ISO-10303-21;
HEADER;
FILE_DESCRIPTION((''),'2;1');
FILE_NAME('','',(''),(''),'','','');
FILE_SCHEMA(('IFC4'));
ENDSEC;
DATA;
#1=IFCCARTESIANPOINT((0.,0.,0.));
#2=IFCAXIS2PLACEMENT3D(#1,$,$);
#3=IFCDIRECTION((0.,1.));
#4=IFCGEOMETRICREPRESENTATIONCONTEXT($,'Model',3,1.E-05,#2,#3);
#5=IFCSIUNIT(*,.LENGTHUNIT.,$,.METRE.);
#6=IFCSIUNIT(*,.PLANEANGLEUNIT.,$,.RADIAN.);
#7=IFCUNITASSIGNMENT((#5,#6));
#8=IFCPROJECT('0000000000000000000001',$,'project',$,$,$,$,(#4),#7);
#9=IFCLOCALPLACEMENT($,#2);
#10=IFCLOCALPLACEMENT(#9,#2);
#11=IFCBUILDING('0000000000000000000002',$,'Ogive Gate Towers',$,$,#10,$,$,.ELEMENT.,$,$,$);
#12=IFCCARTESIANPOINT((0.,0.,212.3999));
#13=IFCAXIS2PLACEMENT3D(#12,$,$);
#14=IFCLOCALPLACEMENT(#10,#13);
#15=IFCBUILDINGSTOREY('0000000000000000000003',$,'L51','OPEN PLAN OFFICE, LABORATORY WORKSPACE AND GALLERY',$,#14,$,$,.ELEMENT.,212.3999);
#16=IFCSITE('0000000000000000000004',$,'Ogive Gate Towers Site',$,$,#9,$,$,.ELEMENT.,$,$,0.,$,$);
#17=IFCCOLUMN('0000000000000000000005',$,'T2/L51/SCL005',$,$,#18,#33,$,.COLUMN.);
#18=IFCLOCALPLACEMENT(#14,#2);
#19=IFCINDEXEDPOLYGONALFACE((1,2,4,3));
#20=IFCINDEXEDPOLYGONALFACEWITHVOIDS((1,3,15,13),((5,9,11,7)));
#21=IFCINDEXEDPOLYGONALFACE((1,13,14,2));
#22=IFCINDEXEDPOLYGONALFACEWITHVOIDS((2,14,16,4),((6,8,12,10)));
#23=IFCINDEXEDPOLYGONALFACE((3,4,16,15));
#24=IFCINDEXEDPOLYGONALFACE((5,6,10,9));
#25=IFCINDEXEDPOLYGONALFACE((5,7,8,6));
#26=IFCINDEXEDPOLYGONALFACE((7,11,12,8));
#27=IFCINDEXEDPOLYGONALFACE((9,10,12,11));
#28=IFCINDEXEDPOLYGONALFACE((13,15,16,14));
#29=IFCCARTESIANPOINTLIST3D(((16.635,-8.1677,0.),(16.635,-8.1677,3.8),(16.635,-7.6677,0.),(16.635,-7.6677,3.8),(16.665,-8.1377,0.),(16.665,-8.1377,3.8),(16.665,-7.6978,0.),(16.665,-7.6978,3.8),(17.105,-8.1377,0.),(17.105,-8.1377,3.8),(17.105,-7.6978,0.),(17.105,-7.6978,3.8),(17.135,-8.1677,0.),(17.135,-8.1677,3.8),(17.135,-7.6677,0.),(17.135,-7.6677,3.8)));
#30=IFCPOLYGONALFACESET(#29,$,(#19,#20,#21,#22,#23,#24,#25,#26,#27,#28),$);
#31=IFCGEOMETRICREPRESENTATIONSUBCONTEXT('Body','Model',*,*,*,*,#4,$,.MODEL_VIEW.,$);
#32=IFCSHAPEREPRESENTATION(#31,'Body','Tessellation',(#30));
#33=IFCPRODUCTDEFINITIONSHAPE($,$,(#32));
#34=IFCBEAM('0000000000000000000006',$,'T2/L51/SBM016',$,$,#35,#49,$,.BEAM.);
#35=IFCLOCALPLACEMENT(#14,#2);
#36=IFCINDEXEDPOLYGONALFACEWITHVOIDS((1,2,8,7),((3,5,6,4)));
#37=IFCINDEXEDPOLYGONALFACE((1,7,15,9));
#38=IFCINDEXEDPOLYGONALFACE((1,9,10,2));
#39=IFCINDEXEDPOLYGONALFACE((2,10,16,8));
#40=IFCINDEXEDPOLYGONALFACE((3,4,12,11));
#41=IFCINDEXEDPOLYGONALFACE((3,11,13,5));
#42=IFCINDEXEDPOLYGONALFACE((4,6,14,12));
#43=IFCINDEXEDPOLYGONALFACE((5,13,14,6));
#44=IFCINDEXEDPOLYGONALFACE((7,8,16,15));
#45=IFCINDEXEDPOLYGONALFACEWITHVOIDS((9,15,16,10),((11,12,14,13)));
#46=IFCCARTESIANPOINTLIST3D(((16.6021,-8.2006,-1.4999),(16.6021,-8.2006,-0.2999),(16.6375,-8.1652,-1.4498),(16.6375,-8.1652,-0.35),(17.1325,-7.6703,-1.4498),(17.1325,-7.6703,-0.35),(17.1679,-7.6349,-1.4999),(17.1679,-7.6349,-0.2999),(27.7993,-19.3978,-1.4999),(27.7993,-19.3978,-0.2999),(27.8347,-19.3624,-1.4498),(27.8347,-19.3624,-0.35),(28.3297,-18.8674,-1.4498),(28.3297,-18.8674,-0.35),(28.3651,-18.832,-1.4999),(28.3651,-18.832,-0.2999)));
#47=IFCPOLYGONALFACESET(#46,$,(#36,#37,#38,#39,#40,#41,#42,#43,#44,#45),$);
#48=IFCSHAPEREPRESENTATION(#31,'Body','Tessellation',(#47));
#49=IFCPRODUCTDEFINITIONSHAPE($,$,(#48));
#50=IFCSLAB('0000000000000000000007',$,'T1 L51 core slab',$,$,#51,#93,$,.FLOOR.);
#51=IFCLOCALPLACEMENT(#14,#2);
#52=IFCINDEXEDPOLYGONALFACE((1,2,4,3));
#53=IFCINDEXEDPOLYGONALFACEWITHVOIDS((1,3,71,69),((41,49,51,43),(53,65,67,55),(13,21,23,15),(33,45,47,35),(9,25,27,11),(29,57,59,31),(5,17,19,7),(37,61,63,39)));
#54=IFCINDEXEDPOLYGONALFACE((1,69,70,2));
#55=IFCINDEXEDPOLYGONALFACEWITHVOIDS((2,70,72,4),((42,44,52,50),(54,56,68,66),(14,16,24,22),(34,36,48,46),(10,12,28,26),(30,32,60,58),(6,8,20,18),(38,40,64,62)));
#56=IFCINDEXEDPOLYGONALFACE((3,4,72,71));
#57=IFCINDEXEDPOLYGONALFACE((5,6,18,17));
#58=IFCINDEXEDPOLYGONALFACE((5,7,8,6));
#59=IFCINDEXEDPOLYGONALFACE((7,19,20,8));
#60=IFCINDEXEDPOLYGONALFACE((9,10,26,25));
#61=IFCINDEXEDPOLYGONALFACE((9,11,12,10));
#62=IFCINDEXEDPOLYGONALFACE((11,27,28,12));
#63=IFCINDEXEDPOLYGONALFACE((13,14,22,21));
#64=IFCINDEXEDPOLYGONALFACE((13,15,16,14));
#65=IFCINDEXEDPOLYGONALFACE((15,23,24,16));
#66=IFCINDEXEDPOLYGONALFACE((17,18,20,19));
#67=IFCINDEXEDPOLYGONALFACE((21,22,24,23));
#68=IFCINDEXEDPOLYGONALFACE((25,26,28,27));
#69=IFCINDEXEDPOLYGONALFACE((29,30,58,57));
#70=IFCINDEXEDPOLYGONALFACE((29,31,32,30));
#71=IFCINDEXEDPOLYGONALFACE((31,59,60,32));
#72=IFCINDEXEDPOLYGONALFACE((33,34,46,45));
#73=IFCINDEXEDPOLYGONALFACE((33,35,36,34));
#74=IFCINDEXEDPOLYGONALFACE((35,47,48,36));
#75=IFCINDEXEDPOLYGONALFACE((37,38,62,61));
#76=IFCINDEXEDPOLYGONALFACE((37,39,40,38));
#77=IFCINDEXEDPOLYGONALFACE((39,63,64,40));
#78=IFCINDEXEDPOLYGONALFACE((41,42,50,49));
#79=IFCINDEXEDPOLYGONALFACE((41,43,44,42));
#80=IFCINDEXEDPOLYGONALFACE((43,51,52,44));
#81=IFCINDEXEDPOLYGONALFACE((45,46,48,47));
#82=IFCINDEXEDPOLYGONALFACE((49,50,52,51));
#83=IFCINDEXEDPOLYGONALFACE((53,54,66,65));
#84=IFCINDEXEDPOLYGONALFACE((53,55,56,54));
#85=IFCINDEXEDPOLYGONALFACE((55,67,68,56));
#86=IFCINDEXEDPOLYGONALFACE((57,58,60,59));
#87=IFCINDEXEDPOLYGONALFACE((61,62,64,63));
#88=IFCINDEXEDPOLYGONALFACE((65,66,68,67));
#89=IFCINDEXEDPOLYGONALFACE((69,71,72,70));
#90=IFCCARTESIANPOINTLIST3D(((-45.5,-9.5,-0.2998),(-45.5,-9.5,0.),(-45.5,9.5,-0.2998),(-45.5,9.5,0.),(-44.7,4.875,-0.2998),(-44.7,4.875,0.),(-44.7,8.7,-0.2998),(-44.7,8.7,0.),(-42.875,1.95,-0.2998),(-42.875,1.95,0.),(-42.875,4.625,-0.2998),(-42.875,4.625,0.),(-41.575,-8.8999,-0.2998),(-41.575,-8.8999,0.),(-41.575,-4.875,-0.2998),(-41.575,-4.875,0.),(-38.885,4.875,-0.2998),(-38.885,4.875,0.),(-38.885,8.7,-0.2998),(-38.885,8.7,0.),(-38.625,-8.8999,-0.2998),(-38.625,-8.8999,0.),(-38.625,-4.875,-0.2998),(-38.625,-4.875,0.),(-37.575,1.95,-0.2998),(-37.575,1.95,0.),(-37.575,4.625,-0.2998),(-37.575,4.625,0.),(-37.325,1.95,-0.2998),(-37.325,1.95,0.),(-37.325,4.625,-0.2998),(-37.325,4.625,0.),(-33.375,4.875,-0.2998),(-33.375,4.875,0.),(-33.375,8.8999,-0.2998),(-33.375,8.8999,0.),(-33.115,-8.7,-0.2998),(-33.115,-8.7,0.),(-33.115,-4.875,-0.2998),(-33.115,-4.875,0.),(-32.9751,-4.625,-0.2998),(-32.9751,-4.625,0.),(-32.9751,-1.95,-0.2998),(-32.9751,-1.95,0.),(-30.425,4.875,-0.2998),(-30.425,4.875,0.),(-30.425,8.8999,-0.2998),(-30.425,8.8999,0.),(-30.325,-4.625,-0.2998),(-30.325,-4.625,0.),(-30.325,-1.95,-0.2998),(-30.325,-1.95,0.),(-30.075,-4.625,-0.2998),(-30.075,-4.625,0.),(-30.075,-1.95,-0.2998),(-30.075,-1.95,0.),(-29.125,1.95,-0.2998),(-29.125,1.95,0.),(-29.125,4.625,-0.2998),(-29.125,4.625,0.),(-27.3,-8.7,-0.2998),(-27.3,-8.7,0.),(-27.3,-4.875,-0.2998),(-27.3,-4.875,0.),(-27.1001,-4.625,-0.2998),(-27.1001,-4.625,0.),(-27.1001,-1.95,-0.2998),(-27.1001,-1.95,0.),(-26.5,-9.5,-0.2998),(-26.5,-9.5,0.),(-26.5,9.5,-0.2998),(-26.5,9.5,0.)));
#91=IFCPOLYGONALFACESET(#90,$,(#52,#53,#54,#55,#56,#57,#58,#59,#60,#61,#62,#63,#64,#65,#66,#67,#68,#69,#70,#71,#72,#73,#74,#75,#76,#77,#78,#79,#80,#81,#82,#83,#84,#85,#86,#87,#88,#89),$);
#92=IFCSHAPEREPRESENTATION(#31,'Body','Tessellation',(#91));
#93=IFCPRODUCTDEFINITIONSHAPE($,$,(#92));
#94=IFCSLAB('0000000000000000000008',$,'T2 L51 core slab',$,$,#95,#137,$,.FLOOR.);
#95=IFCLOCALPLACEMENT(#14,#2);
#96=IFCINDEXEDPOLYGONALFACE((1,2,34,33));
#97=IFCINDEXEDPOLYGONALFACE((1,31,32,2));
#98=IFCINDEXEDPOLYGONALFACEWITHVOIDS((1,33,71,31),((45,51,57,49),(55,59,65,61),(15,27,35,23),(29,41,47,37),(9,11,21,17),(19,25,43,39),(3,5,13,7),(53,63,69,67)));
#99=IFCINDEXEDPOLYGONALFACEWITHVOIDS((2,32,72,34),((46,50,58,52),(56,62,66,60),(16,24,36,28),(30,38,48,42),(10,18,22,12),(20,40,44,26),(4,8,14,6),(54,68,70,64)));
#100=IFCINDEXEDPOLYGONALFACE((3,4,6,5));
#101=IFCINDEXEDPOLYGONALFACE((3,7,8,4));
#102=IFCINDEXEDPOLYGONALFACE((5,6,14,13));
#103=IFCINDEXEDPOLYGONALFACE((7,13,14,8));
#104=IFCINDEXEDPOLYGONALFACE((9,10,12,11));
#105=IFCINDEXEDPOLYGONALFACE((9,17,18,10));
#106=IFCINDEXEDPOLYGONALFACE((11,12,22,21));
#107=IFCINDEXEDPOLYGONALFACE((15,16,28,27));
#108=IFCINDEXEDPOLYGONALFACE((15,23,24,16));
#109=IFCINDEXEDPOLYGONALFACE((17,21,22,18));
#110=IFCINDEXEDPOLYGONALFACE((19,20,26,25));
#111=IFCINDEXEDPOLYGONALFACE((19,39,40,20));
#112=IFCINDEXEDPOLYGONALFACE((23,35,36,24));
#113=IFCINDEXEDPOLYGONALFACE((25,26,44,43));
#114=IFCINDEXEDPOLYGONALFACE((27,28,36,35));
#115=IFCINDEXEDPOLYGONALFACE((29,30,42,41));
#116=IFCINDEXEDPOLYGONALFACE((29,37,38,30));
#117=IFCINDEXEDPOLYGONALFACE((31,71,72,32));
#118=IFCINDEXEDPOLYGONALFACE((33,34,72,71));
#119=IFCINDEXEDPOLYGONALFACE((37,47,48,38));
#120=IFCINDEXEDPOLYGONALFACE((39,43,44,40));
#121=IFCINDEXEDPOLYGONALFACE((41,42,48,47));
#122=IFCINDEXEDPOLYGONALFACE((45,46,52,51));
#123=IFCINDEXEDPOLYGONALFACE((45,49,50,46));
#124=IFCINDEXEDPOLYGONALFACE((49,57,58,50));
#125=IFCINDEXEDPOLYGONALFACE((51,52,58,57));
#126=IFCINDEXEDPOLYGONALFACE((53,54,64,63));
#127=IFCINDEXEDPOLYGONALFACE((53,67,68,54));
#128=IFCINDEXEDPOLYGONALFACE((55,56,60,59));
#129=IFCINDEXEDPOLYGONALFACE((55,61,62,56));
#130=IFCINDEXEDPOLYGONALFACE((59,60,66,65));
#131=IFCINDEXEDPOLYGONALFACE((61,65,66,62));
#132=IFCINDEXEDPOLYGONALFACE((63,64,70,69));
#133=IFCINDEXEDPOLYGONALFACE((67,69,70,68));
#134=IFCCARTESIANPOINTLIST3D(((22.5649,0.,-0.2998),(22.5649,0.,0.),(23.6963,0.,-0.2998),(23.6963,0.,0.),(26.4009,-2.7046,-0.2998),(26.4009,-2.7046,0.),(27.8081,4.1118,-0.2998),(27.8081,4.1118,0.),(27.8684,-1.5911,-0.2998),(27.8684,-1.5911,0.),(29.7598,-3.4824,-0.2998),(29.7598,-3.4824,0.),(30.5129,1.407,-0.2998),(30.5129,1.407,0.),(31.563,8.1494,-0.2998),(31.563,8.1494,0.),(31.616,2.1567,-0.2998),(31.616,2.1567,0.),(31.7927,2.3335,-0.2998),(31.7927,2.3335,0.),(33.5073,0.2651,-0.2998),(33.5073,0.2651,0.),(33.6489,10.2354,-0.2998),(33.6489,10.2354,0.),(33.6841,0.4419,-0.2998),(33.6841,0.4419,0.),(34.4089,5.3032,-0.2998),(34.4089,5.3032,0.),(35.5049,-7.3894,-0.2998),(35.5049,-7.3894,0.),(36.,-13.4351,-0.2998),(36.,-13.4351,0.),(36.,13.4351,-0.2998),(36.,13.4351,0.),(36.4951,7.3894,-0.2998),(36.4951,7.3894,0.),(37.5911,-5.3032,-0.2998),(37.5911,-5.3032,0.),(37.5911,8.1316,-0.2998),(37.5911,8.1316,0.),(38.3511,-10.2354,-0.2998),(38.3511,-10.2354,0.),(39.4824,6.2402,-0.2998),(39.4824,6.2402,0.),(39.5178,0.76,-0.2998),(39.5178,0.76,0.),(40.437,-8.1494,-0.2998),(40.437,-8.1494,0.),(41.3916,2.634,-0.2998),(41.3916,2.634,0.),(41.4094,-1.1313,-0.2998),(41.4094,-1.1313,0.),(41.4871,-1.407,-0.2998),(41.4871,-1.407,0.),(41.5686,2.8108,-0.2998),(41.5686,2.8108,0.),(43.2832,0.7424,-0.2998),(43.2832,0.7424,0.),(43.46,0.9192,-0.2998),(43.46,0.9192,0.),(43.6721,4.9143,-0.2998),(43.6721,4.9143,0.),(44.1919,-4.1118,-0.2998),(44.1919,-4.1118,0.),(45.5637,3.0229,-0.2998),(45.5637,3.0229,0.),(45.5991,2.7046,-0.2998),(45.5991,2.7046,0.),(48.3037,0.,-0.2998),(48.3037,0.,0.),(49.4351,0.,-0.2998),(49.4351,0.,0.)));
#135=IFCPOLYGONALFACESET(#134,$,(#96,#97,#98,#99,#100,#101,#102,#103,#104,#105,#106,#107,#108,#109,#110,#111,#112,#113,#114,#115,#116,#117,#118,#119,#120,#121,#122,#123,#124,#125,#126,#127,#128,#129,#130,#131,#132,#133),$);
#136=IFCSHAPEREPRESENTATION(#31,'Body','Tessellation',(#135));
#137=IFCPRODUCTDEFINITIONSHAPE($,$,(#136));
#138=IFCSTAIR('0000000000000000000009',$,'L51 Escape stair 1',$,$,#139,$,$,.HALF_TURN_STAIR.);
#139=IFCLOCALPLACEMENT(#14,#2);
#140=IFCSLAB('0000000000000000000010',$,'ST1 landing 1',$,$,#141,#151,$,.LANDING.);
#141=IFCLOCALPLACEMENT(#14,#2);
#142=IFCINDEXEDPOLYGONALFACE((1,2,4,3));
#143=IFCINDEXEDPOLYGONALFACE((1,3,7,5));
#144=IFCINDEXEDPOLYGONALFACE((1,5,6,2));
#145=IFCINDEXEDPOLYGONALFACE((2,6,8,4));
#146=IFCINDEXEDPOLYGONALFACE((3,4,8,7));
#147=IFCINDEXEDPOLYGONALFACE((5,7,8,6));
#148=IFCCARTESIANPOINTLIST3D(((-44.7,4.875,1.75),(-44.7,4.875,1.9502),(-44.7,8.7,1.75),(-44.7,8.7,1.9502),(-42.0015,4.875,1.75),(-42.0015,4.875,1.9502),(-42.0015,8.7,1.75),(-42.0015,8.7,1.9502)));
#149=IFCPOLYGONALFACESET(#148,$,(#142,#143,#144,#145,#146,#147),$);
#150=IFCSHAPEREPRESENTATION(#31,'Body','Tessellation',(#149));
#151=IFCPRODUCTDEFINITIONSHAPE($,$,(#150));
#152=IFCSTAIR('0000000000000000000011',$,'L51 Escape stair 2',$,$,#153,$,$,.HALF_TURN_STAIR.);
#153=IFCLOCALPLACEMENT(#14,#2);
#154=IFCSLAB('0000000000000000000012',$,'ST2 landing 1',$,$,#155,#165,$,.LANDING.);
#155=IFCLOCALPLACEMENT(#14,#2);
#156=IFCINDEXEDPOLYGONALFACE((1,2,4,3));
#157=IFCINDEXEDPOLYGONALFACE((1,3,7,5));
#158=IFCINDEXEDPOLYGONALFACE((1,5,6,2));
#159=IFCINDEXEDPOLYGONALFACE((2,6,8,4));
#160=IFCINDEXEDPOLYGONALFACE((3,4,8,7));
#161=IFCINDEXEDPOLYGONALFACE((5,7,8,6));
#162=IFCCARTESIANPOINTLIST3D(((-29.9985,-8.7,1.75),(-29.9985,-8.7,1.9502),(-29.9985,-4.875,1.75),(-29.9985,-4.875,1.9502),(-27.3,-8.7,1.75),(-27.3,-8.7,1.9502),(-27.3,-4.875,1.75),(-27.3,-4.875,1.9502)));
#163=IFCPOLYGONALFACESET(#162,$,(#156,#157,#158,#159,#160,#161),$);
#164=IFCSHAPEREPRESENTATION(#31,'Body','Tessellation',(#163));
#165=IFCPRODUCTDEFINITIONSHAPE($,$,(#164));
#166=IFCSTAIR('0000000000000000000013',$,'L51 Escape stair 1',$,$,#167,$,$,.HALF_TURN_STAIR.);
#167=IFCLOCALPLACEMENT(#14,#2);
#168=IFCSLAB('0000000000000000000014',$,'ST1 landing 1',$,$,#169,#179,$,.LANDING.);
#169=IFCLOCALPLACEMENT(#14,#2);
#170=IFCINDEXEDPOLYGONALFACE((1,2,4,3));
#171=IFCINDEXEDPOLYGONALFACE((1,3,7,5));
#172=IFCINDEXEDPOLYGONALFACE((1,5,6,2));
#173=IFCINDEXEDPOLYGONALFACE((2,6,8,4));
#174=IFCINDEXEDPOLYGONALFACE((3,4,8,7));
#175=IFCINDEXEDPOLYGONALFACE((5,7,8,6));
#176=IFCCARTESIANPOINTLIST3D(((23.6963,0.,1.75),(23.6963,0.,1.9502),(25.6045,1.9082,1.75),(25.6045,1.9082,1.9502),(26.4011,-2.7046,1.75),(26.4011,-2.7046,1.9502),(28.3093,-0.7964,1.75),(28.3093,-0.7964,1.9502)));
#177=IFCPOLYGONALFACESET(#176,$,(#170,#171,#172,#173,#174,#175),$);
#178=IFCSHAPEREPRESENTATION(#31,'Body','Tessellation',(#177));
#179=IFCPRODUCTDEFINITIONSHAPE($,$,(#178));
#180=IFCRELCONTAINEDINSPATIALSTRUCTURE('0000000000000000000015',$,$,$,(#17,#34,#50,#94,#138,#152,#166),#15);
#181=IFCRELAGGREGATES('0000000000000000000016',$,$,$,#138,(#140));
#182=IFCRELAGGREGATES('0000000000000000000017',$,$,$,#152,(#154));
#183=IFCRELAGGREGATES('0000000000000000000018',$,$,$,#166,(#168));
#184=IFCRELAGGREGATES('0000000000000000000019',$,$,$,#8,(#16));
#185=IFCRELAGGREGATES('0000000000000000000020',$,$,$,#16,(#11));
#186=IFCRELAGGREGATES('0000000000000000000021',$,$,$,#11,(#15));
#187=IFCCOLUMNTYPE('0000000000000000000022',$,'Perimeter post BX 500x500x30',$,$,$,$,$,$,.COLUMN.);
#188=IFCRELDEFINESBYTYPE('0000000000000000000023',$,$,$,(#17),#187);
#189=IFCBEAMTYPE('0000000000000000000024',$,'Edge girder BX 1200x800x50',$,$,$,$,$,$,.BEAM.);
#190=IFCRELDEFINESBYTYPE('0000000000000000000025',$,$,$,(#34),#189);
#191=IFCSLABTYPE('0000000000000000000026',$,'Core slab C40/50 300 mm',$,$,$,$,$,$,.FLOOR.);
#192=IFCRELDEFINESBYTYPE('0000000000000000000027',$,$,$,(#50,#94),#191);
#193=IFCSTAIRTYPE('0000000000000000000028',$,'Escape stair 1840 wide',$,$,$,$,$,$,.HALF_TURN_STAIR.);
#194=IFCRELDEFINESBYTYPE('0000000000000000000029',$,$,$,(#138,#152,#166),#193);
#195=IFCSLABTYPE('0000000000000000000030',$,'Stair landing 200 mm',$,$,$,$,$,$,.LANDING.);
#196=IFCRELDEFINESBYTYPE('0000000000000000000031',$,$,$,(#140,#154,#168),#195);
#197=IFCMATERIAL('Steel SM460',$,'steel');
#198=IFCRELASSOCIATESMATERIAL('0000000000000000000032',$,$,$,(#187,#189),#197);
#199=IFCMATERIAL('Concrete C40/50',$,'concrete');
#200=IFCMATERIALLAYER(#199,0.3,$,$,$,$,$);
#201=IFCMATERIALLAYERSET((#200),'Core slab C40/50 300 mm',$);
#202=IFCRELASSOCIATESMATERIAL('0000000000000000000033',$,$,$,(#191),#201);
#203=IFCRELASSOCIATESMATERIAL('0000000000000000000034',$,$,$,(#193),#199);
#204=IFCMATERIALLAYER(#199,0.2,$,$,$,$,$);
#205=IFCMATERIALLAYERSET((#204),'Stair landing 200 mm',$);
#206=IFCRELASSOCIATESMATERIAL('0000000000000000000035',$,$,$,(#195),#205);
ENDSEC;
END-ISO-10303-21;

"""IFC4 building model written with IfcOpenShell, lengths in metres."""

from ifc_helpers import new_model, si_unit, direction, frame, origin, origin_2d, place, context, subcontext, project, spatial, polyline, hollow_rectangle, outline, extrude, material, layer, layer_set, material_profile, profile_set, type_object, element, aggregate, save


model = new_model("IFC4")

# Units and contexts
model_context = context("Model", 3, precision=1e-05, world=origin(), true_north=direction((0.0, 1.0)))
body_context = subcontext(model_context, "Body", "Model", "MODEL_VIEW")
ifc_project = project(units=[si_unit("LENGTHUNIT", "METRE"), si_unit("PLANEANGLEUNIT", "RADIAN")], contexts=[model_context])

# Site, building, storey
site_placement = place(None, origin())
site = spatial("IfcSite", under=ifc_project, at=site_placement, Name="Ogive Gate Towers Site", CompositionType="ELEMENT", RefElevation=0.0)
building_placement = place(site_placement, origin())
building = spatial("IfcBuilding", under=site, at=building_placement, Name="Ogive Gate Towers", CompositionType="ELEMENT")
storey_placement = place(building_placement, frame((0.0, 0.0, 212.3999)))
storey = spatial("IfcBuildingStorey", under=building, at=storey_placement, Name="L51", Description="OPEN PLAN OFFICE, LABORATORY WORKSPACE AND GALLERY", CompositionType="ELEMENT", Elevation=212.3999)

# Column
ifc_material_1 = material(Name="Steel SM460", Category="steel")
ifc_material_profile_1 = material_profile(ifc_material_1, hollow_rectangle(XDim=0.5, YDim=0.5, WallThickness=0.03, at=origin_2d()), Name="BX 500x500x30")
ifc_profile_set_1 = profile_set([ifc_material_profile_1], Name="Steel SM460")
column_type = type_object("IfcColumnType", Name="Perimeter post BX 500x500x30", PredefinedType="COLUMN", material=ifc_profile_set_1)
column_placement = place(storey_placement, frame((16.885, -7.9177, 0.0), z_axis=(0.0, 0.0, 1.0), x_axis=(1.0, 0.0, 0.0)))
element("IfcColumn", 1, at=column_placement, inside=storey, type_object=column_type, Name="T2/L51/SCL005", PredefinedType="COLUMN", context=body_context, shape_type="SweptSolid", body=[
    extrude(hollow_rectangle(XDim=0.5, YDim=0.5, WallThickness=0.03, at=origin_2d()), origin(), (0.0, 0.0, 1.0), 3.8),
])

# Beam
ifc_material_profile_2 = material_profile(ifc_material_1, hollow_rectangle(XDim=0.8, YDim=1.2, WallThickness=0.05, at=origin_2d()), Name="BX 1200x800x50")
ifc_profile_set_2 = profile_set([ifc_material_profile_2], Name="Steel SM460")
beam_type = type_object("IfcBeamType", Name="Edge girder BX 1200x800x50", PredefinedType="BEAM", material=ifc_profile_set_2)
beam_placement = place(storey_placement, frame((16.885, -7.9177, -0.8999), z_axis=(0.707107, -0.707107, 0.0), x_axis=(0.707107, 0.707107, 0.0)))
element("IfcBeam", 2, at=beam_placement, inside=storey, type_object=beam_type, Name="T2/L51/SBM016", PredefinedType="BEAM", context=body_context, shape_type="SweptSolid", body=[
    extrude(hollow_rectangle(XDim=0.8, YDim=1.2, WallThickness=0.05, at=origin_2d()), origin(), (0.0, 0.0, 1.0), 15.8352),
])

# Slabs
ifc_material_2 = material(Name="Concrete C40/50", Category="concrete")
ifc_layer_1 = layer(ifc_material_2, 0.3)
ifc_layer_set_1 = layer_set([ifc_layer_1], Name="Core slab C40/50 300 mm")
slab_type_1 = type_object("IfcSlabType", Name="Core slab C40/50 300 mm", PredefinedType="FLOOR", material=ifc_layer_set_1)
slab_1_placement = place(storey_placement, frame((0.0, 0.0, -0.2998)))
element("IfcSlab", 3, at=slab_1_placement, inside=storey, type_object=slab_type_1, Name="T1 L51 core slab", PredefinedType="FLOOR", context=body_context, shape_type="SweptSolid", body=[
    extrude(outline(polyline([(-45.5, -9.5), (-45.5, 9.5), (-26.5, 9.5), (-26.5, -9.5), (-45.5, -9.5)]), holes=[polyline([(-42.875, 1.95), (-37.575, 1.95), (-37.575, 4.625), (-42.875, 4.625), (-42.875, 1.95)]), polyline([(-37.325, 4.625), (-37.325, 1.95), (-29.125, 1.95), (-29.125, 4.625), (-37.325, 4.625)]), polyline([(-30.325, -1.95), (-32.9751, -1.95), (-32.9751, -4.625), (-30.325, -4.625), (-30.325, -1.95)]), polyline([(-27.1001, -4.625), (-27.1001, -1.95), (-30.075, -1.95), (-30.075, -4.625), (-27.1001, -4.625)]), polyline([(-33.375, 4.875), (-30.425, 4.875), (-30.425, 8.8999), (-33.375, 8.8999), (-33.375, 4.875)]), polyline([(-41.575, -4.875), (-41.575, -8.8999), (-38.625, -8.8999), (-38.625, -4.875), (-41.575, -4.875)]), polyline([(-44.7, 4.875), (-38.885, 4.875), (-38.885, 8.7), (-44.7, 8.7), (-44.7, 4.875)]), polyline([(-27.3, -8.7), (-27.3, -4.875), (-33.115, -4.875), (-33.115, -8.7), (-27.3, -8.7)])]), origin(), (0.0, 0.0, 1.0), 0.2998),
])
slab_2_placement = place(storey_placement, frame((0.0, 0.0, -0.2998)))
element("IfcSlab", 4, at=slab_2_placement, inside=storey, type_object=slab_type_1, Name="T2 L51 core slab", PredefinedType="FLOOR", context=body_context, shape_type="SweptSolid", body=[
    extrude(outline(polyline([(36.0, -13.4351), (22.5649, 0.0), (36.0, 13.4351), (49.4351, 0.0), (36.0, -13.4351)]), holes=[polyline([(29.7598, -3.4824), (33.5073, 0.2651), (31.616, 2.1567), (27.8684, -1.5911), (29.7598, -3.4824)]), polyline([(31.7927, 2.3335), (33.6841, 0.4419), (39.4824, 6.2402), (37.5911, 8.1316), (31.7927, 2.3335)]), polyline([(41.3916, 2.634), (39.5178, 0.76), (41.4094, -1.1313), (43.2832, 0.7424), (41.3916, 2.634)]), polyline([(45.5637, 3.0229), (43.6721, 4.9143), (41.5686, 2.8108), (43.46, 0.9192), (45.5637, 3.0229)]), polyline([(34.4089, 5.3032), (36.4951, 7.3894), (33.6489, 10.2354), (31.563, 8.1494), (34.4089, 5.3032)]), polyline([(35.5049, -7.3894), (38.3511, -10.2354), (40.437, -8.1494), (37.5911, -5.3032), (35.5049, -7.3894)]), polyline([(26.4009, -2.7046), (30.5129, 1.407), (27.8081, 4.1118), (23.6963, 0.0), (26.4009, -2.7046)]), polyline([(48.3037, 0.0), (45.5991, 2.7046), (41.4871, -1.407), (44.1919, -4.1118), (48.3037, 0.0)])]), origin(), (0.0, 0.0, 1.0), 0.2998),
])

# Stairs, slabs
stair_type = type_object("IfcStairType", Name="Escape stair 1840 wide", PredefinedType="HALF_TURN_STAIR", material=ifc_material_2)
stair_1_placement = place(storey_placement, origin())
stair_1 = element("IfcStair", 5, at=stair_1_placement, inside=storey, type_object=stair_type, Name="L51 Escape stair 1", PredefinedType="HALF_TURN_STAIR")
ifc_layer_2 = layer(ifc_material_2, 0.2)
ifc_layer_set_2 = layer_set([ifc_layer_2], Name="Stair landing 200 mm")
slab_type_2 = type_object("IfcSlabType", Name="Stair landing 200 mm", PredefinedType="LANDING", material=ifc_layer_set_2)
slab_3_placement = place(storey_placement, frame((0.0, 0.0, 1.75)))
slab_3 = element("IfcSlab", 6, at=slab_3_placement, type_object=slab_type_2, Name="ST1 landing 1", PredefinedType="LANDING", context=body_context, shape_type="SweptSolid", body=[
    extrude(outline(polyline([(-42.0015, 8.7), (-44.7, 8.7), (-44.7, 4.875), (-42.0015, 4.875), (-42.0015, 8.7)])), origin(), (0.0, 0.0, 1.0), 0.2002),
])
aggregate(stair_1, [slab_3])
stair_2_placement = place(storey_placement, origin())
stair_2 = element("IfcStair", 7, at=stair_2_placement, inside=storey, type_object=stair_type, Name="L51 Escape stair 2", PredefinedType="HALF_TURN_STAIR")
slab_4_placement = place(storey_placement, frame((0.0, 0.0, 1.75)))
slab_4 = element("IfcSlab", 8, at=slab_4_placement, type_object=slab_type_2, Name="ST2 landing 1", PredefinedType="LANDING", context=body_context, shape_type="SweptSolid", body=[
    extrude(outline(polyline([(-29.9985, -8.7), (-27.3, -8.7), (-27.3, -4.875), (-29.9985, -4.875), (-29.9985, -8.7)])), origin(), (0.0, 0.0, 1.0), 0.2002),
])
aggregate(stair_2, [slab_4])
stair_3_placement = place(storey_placement, origin())
stair_3 = element("IfcStair", 9, at=stair_3_placement, inside=storey, type_object=stair_type, Name="L51 Escape stair 1", PredefinedType="HALF_TURN_STAIR")
slab_5_placement = place(storey_placement, frame((0.0, 0.0, 1.75)))
slab_5 = element("IfcSlab", 10, at=slab_5_placement, type_object=slab_type_2, Name="ST1 landing 1", PredefinedType="LANDING", context=body_context, shape_type="SweptSolid", body=[
    extrude(outline(polyline([(25.6045, 1.9082), (23.6963, 0.0), (26.4011, -2.7046), (28.3093, -0.7964), (25.6045, 1.9082)])), origin(), (0.0, 0.0, 1.0), 0.2002),
])
aggregate(stair_3, [slab_5])

save(model, "model.ifc")
